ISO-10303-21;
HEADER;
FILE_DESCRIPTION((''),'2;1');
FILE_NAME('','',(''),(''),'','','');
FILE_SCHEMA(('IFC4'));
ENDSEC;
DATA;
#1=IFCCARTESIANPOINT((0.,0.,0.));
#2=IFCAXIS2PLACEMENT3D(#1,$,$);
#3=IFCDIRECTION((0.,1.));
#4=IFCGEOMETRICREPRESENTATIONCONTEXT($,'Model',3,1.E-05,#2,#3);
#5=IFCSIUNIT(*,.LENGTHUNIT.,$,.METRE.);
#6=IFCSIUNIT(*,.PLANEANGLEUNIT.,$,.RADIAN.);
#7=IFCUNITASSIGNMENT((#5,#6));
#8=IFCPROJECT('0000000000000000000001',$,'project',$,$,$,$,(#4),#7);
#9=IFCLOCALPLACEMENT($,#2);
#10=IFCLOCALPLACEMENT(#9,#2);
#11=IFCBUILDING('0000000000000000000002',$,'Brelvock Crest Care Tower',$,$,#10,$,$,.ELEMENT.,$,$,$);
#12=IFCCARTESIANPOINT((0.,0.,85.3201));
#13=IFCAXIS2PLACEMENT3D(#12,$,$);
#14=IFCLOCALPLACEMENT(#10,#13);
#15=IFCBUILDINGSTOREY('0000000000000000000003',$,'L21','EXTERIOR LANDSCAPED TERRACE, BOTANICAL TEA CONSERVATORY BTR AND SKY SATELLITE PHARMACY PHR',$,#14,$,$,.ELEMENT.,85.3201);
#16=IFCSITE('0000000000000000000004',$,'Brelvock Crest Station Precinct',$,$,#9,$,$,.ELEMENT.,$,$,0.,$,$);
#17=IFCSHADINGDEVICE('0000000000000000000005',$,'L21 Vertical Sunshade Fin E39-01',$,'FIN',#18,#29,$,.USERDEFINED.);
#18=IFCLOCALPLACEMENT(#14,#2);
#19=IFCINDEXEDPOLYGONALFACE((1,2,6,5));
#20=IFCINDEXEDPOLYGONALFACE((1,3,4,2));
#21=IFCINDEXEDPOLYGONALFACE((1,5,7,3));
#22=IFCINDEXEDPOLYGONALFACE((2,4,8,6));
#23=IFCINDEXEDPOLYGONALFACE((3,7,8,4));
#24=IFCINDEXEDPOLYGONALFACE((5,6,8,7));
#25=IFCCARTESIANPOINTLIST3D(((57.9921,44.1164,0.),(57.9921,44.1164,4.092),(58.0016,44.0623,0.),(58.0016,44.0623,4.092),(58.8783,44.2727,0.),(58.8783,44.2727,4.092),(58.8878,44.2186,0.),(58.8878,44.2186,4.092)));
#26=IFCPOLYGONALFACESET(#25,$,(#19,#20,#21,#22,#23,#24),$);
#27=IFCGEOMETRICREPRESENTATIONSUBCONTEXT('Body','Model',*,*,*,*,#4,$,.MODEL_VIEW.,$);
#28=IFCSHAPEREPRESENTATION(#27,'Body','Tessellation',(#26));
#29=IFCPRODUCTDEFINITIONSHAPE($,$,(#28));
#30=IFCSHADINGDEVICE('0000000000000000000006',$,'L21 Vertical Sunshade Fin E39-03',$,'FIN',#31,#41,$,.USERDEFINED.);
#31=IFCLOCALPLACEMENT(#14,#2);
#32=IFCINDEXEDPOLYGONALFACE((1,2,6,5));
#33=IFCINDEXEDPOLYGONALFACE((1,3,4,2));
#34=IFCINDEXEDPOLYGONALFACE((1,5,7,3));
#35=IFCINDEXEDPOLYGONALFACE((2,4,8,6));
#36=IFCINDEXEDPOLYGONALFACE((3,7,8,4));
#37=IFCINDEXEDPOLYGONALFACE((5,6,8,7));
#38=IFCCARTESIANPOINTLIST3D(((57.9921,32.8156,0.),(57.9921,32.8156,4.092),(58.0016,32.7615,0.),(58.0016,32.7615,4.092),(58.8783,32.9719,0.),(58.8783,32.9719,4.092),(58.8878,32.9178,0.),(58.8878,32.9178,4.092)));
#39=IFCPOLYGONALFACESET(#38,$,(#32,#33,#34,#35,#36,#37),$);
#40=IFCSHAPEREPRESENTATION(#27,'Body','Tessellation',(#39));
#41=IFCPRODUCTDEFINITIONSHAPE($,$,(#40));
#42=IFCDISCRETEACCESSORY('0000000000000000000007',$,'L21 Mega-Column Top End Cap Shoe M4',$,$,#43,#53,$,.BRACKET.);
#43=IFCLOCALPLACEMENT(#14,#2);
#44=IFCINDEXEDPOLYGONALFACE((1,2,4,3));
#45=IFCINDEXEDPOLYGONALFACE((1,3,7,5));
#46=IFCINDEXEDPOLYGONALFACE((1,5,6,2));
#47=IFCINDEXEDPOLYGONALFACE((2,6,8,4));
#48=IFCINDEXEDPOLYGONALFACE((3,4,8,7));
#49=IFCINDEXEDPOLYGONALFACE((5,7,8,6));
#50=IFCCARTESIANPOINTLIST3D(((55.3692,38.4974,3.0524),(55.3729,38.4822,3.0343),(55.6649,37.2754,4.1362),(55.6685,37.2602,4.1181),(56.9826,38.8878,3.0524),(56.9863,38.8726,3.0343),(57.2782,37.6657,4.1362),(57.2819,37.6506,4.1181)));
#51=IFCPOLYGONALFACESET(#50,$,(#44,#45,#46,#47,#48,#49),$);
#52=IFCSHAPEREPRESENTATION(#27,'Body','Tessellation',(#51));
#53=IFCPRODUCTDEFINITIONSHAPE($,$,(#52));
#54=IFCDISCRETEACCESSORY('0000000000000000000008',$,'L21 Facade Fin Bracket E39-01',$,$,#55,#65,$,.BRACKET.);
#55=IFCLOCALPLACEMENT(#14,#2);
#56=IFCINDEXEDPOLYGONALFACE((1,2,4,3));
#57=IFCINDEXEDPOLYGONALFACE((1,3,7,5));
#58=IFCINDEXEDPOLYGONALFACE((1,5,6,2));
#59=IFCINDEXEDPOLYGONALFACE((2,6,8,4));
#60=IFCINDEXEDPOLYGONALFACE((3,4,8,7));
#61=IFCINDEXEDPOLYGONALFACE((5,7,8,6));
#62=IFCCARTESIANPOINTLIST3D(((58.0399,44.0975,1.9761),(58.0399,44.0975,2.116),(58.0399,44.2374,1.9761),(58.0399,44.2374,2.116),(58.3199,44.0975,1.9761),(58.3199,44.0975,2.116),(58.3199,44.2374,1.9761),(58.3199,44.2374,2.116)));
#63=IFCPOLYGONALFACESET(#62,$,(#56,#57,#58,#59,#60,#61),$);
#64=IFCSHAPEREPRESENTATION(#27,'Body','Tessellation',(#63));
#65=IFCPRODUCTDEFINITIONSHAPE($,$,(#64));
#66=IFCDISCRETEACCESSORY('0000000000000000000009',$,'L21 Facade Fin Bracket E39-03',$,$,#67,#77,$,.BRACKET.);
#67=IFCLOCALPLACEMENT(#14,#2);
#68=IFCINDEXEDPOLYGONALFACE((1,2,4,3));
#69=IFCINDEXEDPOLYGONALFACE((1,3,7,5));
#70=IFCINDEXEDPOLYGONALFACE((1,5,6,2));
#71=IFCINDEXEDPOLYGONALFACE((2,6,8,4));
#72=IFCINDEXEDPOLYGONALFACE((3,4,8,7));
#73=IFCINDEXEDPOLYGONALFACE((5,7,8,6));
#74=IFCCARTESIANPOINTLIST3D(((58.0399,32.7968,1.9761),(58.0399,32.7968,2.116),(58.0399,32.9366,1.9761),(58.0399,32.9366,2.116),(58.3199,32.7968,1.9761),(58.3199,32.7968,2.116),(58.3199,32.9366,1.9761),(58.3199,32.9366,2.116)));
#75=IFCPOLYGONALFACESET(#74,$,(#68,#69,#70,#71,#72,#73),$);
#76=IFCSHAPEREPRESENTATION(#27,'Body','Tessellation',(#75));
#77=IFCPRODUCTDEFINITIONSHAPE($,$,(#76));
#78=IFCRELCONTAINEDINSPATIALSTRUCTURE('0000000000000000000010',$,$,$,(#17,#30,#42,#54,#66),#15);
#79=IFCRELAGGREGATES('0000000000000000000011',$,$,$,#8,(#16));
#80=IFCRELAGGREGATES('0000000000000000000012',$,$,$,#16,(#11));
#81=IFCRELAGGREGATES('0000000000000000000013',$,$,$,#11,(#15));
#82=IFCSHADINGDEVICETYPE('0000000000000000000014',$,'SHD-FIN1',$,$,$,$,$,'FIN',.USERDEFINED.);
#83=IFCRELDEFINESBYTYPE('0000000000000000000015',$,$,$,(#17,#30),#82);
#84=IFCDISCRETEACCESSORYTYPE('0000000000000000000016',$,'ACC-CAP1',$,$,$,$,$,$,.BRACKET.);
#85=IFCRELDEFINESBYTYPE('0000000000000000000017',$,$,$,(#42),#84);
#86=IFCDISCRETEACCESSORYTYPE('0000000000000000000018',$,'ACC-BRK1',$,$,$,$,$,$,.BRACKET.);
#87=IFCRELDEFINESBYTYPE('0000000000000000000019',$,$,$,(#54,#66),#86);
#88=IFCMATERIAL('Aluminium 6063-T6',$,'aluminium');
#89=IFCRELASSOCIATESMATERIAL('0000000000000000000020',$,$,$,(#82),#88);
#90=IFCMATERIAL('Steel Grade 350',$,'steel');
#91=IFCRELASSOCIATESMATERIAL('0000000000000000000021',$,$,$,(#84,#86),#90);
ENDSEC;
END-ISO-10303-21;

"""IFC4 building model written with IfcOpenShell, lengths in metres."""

from ifc_helpers import new_model, si_unit, direction, frame, origin, origin_2d, place, context, subcontext, project, spatial, rectangle, extrude, source, transform, mapped, material, material_profile, profile_set, type_object, element, save


model = new_model("IFC4")

# Units and contexts
model_context = context("Model", 3, precision=1e-05, world=origin(), true_north=direction((0.0, 1.0)))
body_context = subcontext(model_context, "Body", "Model", "MODEL_VIEW")
ifc_project = project(units=[si_unit("LENGTHUNIT", "METRE"), si_unit("PLANEANGLEUNIT", "RADIAN")], contexts=[model_context])

# Site, building, storey
site_placement = place(None, origin())
site = spatial("IfcSite", under=ifc_project, at=site_placement, Name="Brelvock Crest Station Precinct", CompositionType="ELEMENT", RefElevation=0.0)
building_placement = place(site_placement, origin())
building = spatial("IfcBuilding", under=site, at=building_placement, Name="Brelvock Crest Care Tower", CompositionType="ELEMENT")
storey_placement = place(building_placement, frame((0.0, 0.0, 85.3201)))
storey = spatial("IfcBuildingStorey", under=building, at=storey_placement, Name="L21", Description="EXTERIOR LANDSCAPED TERRACE, BOTANICAL TEA CONSERVATORY BTR AND SKY SATELLITE PHARMACY PHR", CompositionType="ELEMENT", Elevation=85.3201)

# Shared definitions
ifc_material_1 = material(Name="Steel Grade 350", Category="steel")

# Shared definitions
ifc_material_2 = material(Name="Aluminium 6063-T6", Category="aluminium")

# Shading devices
ifc_material_profile_1 = material_profile(ifc_material_2, rectangle(XDim=0.0549, YDim=0.8999, at=origin_2d()), Name="FIN55x900")
ifc_profile_set_1 = profile_set([ifc_material_profile_1], Name="Aluminium 6063-T6")
shading_device_type = type_object("IfcShadingDeviceType", Name="SHD-FIN1", ElementType="FIN", PredefinedType="USERDEFINED", material=ifc_profile_set_1)
shared_shape_1 = source(origin(), body_context, "Body", "SweptSolid", [
    extrude(rectangle(XDim=0.0549, YDim=0.8999, at=origin_2d()), origin(), (0.0, 0.0, 1.0), 4.092),
])
for number, where, z_axis, x_axis, name in (
    (1, (58.4399, 44.1675, 0.0), (0.0, 0.0, 1.0), (0.173648, -0.984808, 0.0), "L21 Vertical Sunshade Fin E39-01"),
    (2, (58.4399, 32.8667, 0.0), (0.0, 0.0, 1.0), (0.173648, -0.984808, 0.0), "L21 Vertical Sunshade Fin E39-03"),
):
    element("IfcShadingDevice", number, at=place(storey_placement, frame(where, z_axis=z_axis, x_axis=x_axis)), inside=storey, type_object=shading_device_type, Name=name, ObjectType="FIN", PredefinedType="USERDEFINED", context=body_context, shape_type="MappedRepresentation", body=[
        mapped(shared_shape_1, transform((0.0, 0.0, 0.0), x_axis=(1.0, 0.0, 0.0), y_axis=(0.0, 1.0, 0.0), z_axis=(0.0, 0.0, 1.0), scale=1.0)),
    ])

# Discrete accessories
ifc_material_profile_2 = material_profile(ifc_material_1, rectangle(XDim=1.6599, YDim=1.6599, at=origin_2d()), Name="ACC-CAP1")
ifc_profile_set_2 = profile_set([ifc_material_profile_2], Name="Steel Grade 350")
discrete_accessory_type_1 = type_object("IfcDiscreteAccessoryType", Name="ACC-CAP1", PredefinedType="BRACKET", material=ifc_profile_set_2)
shared_shape_2 = source(origin(), body_context, "Body", "SweptSolid", [
    extrude(rectangle(XDim=1.6599, YDim=1.6599, at=origin_2d()), origin(), (0.0, 0.0, 1.0), 0.0239),
])
discrete_accessory_placement = place(storey_placement, frame((56.3274, 38.0664, 3.5762), z_axis=(-0.153534, 0.634605, 0.757432), x_axis=(-0.971959, -0.235151, 0.0)))
element("IfcDiscreteAccessory", 3, at=discrete_accessory_placement, inside=storey, type_object=discrete_accessory_type_1, Name="L21 Mega-Column Top End Cap Shoe M4", PredefinedType="BRACKET", context=body_context, shape_type="MappedRepresentation", body=[
    mapped(shared_shape_2, transform((0.0, 0.0, 0.0), x_axis=(1.0, 0.0, 0.0), y_axis=(0.0, 1.0, 0.0), z_axis=(0.0, 0.0, 1.0), scale=1.0)),
])
discrete_accessory_type_2 = type_object("IfcDiscreteAccessoryType", Name="ACC-BRK1", PredefinedType="BRACKET", material=ifc_material_1)
shared_shape_3 = source(origin(), body_context, "Body", "SweptSolid", [
    extrude(rectangle(XDim=0.28, YDim=0.1399, at=origin_2d()), origin(), (0.0, 0.0, 1.0), 0.1399),
])
for number, where, z_axis, x_axis, name in (
    (4, (58.1799, 44.1675, 1.9761), (0.0, 0.0, 1.0), (1.0, 0.0, 0.0), "L21 Facade Fin Bracket E39-01"),
    (5, (58.1799, 32.8667, 1.9761), (0.0, 0.0, 1.0), (1.0, 0.0, 0.0), "L21 Facade Fin Bracket E39-03"),
):
    element("IfcDiscreteAccessory", number, at=place(storey_placement, frame(where, z_axis=z_axis, x_axis=x_axis)), inside=storey, type_object=discrete_accessory_type_2, Name=name, PredefinedType="BRACKET", context=body_context, shape_type="MappedRepresentation", body=[
        mapped(shared_shape_3, transform((0.0, 0.0, 0.0), x_axis=(1.0, 0.0, 0.0), y_axis=(0.0, 1.0, 0.0), z_axis=(0.0, 0.0, 1.0), scale=1.0)),
    ])

save(model, "model.ifc")
